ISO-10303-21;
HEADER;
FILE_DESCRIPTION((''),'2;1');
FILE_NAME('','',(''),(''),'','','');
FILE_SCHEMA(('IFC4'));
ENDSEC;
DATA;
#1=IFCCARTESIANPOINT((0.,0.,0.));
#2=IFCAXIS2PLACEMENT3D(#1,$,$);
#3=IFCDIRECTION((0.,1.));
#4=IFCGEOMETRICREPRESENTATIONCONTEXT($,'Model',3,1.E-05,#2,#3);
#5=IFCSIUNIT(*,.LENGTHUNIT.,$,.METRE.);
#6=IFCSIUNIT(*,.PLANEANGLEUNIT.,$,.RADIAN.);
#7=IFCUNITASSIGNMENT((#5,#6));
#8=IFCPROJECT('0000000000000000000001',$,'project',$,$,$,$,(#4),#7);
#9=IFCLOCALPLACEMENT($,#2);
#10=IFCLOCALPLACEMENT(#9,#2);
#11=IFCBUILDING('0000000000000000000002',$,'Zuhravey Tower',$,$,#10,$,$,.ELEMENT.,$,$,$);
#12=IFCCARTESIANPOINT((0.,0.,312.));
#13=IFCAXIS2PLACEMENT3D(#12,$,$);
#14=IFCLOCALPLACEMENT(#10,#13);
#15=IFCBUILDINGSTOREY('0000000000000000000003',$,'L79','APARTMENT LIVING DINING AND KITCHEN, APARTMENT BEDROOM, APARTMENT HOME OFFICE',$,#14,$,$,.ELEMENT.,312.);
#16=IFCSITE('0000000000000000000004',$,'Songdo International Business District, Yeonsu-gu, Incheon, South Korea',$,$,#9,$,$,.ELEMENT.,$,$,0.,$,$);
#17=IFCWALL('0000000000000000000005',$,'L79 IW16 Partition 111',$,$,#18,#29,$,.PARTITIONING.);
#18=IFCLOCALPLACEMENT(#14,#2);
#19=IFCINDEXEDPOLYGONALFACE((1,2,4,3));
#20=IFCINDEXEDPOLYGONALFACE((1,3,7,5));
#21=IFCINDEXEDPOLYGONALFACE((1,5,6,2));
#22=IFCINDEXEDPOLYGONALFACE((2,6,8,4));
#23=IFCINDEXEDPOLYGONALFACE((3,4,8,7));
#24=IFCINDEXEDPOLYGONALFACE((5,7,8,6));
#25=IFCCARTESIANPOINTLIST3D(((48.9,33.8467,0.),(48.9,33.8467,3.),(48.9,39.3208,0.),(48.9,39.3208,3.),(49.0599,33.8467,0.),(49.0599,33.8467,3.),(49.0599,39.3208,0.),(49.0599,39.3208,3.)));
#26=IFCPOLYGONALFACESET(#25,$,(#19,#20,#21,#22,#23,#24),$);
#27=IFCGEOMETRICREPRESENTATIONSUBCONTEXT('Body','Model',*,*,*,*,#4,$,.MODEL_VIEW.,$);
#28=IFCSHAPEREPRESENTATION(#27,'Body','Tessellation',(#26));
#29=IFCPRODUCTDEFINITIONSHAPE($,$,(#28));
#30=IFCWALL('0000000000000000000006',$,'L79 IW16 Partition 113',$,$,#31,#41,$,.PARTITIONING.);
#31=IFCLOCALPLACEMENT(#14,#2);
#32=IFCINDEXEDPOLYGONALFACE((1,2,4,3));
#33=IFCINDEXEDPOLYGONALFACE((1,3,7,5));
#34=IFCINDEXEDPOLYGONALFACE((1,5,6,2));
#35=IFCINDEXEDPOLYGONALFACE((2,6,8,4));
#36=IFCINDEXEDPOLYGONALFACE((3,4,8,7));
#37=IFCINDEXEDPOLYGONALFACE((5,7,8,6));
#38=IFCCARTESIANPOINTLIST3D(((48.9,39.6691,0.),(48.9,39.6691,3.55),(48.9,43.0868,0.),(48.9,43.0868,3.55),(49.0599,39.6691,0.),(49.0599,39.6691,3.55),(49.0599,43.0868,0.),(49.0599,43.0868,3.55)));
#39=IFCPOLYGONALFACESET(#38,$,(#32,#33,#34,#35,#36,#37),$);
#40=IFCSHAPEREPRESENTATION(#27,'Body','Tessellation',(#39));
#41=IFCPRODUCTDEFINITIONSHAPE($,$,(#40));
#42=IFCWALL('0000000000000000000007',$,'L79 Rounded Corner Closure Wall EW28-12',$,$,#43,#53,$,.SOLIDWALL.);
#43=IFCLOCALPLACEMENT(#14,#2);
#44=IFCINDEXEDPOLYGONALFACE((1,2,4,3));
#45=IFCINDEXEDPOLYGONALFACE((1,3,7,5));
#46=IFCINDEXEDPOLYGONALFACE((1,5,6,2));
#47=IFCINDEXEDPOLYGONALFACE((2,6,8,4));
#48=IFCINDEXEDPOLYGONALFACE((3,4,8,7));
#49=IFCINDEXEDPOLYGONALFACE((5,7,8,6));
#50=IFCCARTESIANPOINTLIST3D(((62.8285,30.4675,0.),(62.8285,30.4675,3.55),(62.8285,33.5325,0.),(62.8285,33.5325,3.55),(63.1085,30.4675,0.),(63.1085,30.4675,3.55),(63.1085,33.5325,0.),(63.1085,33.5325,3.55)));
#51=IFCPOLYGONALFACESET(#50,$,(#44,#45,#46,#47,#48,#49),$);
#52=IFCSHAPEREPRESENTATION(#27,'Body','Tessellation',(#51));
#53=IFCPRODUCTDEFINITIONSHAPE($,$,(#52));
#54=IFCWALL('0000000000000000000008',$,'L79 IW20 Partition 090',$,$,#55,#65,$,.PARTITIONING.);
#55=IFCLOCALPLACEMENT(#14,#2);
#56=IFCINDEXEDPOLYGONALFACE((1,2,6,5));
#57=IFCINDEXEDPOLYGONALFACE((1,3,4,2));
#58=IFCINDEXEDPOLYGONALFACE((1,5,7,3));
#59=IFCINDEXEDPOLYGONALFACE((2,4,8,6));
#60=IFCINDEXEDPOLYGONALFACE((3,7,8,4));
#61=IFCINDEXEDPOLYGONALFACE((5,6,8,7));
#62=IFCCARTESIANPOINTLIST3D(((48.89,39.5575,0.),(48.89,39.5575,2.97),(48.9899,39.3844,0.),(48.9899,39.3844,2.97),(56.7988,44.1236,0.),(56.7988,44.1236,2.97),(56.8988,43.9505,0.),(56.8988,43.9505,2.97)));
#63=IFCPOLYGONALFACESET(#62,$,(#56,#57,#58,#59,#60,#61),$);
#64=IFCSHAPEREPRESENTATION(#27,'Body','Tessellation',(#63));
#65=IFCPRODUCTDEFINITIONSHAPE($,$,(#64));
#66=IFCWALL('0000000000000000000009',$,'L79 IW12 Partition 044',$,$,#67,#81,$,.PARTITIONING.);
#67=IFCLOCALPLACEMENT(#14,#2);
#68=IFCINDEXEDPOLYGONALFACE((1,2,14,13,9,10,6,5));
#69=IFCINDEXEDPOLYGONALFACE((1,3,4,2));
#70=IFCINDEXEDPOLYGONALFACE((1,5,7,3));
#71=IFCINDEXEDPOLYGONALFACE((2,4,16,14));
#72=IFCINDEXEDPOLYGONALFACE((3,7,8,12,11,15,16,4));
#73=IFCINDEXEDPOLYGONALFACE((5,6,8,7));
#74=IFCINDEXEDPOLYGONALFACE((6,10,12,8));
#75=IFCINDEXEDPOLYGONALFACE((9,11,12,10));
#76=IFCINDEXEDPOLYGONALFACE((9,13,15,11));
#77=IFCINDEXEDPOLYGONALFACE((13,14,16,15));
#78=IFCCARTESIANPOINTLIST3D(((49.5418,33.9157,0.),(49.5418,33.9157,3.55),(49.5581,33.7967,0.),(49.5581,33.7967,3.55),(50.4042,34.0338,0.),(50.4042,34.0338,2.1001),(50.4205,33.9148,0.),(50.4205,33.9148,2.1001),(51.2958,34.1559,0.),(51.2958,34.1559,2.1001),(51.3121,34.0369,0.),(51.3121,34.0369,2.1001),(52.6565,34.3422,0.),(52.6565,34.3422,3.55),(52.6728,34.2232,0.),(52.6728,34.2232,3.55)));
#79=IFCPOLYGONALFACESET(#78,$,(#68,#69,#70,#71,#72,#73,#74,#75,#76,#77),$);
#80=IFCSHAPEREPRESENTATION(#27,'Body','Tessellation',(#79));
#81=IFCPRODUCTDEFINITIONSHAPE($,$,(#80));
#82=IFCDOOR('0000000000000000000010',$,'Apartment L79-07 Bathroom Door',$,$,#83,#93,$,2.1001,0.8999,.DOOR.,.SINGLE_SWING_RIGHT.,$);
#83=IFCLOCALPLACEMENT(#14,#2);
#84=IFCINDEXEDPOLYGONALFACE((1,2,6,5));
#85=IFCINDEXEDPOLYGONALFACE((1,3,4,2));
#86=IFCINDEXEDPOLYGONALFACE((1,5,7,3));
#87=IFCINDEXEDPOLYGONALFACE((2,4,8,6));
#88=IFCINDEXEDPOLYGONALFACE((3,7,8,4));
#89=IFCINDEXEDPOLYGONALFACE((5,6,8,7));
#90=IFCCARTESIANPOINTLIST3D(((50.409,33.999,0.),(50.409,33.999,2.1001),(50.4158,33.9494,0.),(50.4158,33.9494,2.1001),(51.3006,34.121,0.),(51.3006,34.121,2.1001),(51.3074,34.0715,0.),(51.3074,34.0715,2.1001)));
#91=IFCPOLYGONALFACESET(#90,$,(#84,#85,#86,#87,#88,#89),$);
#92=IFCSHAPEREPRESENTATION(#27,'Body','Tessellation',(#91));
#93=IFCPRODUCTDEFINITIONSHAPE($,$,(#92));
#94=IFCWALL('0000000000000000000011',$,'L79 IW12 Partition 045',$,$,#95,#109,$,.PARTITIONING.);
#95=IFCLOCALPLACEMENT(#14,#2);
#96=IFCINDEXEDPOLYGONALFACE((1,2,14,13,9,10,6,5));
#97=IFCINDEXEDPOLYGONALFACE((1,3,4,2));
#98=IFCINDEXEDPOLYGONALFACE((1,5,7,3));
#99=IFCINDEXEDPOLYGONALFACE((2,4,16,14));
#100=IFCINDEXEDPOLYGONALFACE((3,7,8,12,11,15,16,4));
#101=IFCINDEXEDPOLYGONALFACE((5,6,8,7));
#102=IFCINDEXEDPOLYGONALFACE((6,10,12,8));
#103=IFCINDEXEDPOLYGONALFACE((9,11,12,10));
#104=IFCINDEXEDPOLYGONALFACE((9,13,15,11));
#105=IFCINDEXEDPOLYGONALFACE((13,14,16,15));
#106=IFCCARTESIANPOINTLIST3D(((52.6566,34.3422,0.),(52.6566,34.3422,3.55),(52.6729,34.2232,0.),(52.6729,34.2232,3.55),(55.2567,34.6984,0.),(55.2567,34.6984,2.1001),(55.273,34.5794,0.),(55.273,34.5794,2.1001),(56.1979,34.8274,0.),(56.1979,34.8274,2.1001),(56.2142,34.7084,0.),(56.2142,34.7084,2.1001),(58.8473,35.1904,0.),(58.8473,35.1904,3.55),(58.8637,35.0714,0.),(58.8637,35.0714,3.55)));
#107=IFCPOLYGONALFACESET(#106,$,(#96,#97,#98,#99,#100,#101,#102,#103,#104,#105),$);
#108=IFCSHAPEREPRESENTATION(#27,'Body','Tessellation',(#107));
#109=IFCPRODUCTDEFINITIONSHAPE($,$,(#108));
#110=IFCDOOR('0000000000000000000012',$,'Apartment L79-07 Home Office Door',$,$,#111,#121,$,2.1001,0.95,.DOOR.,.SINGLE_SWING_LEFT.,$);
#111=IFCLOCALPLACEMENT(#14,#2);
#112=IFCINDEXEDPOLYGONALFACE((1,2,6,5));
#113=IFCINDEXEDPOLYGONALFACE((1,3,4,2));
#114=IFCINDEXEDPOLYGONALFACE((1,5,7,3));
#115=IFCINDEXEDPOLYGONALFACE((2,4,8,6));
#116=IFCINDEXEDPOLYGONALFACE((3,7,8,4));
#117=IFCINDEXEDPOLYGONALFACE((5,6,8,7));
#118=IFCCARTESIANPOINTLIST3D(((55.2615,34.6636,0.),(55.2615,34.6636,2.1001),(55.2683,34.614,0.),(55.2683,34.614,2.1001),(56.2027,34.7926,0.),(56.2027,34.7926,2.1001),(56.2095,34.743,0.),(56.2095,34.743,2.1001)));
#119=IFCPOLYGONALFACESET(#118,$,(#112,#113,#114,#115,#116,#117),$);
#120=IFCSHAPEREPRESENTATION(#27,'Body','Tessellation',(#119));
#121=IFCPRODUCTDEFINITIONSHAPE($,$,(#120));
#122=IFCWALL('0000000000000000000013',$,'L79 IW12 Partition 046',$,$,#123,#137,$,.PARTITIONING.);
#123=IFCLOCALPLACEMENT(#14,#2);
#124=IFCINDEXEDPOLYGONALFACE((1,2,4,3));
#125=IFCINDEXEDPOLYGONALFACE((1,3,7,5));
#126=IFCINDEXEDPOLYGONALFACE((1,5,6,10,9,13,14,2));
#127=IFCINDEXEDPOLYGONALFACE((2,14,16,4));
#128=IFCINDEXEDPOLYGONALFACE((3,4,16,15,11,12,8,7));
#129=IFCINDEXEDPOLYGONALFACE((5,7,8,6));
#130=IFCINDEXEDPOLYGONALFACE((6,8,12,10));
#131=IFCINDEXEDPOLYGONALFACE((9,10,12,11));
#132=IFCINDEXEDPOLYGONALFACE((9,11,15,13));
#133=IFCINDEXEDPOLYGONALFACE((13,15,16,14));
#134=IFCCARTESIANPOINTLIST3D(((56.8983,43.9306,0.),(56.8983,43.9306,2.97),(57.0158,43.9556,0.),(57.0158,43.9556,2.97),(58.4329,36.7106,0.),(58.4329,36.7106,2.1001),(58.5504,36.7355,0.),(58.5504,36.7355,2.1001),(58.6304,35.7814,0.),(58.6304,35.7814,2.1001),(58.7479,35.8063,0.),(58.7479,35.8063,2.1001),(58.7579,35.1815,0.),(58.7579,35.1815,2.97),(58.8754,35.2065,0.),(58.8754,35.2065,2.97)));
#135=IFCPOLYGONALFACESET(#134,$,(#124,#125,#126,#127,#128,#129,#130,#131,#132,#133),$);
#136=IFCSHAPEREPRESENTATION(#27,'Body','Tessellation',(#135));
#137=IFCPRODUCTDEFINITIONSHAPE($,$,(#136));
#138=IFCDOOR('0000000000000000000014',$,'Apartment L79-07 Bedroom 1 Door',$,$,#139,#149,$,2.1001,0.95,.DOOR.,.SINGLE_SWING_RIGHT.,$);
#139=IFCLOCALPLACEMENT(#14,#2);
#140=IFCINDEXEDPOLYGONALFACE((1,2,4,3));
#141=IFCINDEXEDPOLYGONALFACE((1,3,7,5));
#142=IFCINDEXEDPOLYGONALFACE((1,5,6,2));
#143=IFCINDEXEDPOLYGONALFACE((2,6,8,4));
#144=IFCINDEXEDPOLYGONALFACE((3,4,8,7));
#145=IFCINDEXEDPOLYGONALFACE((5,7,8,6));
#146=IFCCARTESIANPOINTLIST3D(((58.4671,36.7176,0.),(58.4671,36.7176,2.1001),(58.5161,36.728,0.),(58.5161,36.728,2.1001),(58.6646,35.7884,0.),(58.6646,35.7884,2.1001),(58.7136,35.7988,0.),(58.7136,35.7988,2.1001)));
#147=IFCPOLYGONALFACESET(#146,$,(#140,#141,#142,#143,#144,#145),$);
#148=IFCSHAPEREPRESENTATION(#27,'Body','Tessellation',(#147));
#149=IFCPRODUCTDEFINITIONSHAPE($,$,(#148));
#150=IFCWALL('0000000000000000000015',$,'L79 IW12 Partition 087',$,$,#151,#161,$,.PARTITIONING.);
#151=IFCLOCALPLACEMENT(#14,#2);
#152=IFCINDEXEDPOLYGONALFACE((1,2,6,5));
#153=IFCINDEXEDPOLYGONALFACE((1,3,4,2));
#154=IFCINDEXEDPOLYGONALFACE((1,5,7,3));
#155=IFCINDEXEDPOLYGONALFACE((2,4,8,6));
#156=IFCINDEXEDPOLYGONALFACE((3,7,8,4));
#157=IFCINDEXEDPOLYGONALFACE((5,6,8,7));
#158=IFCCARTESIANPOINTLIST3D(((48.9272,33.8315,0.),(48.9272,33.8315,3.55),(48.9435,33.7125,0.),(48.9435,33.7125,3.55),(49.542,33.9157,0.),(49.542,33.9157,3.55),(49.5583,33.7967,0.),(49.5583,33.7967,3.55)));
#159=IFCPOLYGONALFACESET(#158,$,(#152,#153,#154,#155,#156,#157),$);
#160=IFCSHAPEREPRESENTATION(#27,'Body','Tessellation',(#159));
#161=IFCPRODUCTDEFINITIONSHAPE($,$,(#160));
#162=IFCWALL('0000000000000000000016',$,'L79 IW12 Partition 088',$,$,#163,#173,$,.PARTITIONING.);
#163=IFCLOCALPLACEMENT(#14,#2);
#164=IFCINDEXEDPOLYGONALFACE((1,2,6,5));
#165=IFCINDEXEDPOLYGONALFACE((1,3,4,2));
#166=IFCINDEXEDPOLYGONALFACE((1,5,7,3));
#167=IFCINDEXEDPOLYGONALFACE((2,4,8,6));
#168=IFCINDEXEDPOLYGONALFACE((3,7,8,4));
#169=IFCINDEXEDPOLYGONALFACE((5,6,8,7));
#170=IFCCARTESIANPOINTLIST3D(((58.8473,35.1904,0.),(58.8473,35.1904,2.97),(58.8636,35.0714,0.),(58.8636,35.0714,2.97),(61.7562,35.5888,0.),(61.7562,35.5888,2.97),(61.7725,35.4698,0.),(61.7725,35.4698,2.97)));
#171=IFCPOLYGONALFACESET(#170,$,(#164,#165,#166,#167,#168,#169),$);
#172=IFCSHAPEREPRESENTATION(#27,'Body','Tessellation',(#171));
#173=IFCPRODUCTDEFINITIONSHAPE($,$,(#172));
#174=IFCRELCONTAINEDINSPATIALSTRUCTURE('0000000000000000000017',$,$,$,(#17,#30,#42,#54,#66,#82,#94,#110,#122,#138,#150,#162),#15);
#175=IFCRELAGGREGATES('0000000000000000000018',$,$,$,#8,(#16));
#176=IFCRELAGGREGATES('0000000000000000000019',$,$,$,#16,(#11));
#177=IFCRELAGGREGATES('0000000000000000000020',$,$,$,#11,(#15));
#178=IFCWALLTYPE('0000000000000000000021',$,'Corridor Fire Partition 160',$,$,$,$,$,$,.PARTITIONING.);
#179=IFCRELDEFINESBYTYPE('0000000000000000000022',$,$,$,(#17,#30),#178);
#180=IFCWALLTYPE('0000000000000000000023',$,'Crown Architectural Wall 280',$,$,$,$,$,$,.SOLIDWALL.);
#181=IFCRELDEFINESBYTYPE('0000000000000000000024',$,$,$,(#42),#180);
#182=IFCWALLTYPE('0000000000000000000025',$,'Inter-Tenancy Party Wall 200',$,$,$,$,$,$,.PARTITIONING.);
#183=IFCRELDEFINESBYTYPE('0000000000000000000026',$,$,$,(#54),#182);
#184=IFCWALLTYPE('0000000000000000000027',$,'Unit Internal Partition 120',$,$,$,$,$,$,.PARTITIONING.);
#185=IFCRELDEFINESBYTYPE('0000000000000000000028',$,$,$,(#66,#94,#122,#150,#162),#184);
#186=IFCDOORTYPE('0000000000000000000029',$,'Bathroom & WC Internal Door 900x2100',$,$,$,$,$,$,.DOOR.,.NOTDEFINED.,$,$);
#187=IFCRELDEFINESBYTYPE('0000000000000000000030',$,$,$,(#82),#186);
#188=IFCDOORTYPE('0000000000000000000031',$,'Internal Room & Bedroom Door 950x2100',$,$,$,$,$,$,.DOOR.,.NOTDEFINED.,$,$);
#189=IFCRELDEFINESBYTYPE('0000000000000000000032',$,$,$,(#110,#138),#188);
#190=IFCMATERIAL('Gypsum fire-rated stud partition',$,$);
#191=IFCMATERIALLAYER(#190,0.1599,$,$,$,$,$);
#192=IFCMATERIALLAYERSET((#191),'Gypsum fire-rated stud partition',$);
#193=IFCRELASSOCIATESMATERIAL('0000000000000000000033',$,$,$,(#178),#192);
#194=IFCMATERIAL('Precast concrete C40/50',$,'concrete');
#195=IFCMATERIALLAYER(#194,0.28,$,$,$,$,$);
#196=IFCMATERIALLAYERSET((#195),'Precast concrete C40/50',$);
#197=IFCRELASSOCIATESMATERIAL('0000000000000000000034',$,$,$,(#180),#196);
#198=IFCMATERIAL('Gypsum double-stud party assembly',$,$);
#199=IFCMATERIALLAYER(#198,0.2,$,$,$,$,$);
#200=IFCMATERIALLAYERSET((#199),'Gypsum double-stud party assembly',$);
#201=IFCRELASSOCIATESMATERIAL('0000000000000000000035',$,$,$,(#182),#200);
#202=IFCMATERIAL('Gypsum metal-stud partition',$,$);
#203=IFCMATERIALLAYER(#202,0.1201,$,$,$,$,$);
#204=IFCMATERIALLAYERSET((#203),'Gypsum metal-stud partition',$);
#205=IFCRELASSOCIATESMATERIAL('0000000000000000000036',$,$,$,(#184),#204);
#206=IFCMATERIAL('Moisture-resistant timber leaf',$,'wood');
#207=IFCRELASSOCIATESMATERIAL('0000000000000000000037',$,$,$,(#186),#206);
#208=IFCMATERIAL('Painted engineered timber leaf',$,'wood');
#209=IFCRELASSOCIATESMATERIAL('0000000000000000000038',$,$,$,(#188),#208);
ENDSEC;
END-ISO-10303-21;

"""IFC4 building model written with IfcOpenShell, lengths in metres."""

from ifc_helpers import new_model, si_unit, direction, frame, frame_2d, origin, place, context, subcontext, project, spatial, rectangle, extrude, material, layer, layer_set, type_object, element, fill, save


model = new_model("IFC4")

# Units and contexts
model_context = context("Model", 3, precision=1e-05, world=origin(), true_north=direction((0.0, 1.0)))
body_context = subcontext(model_context, "Body", "Model", "MODEL_VIEW")
ifc_project = project(units=[si_unit("LENGTHUNIT", "METRE"), si_unit("PLANEANGLEUNIT", "RADIAN")], contexts=[model_context])

# Site, building, storey
site_placement = place(None, origin())
site = spatial("IfcSite", under=ifc_project, at=site_placement, Name="Songdo International Business District, Yeonsu-gu, Incheon, South Korea", CompositionType="ELEMENT", RefElevation=0.0)
building_placement = place(site_placement, origin())
building = spatial("IfcBuilding", under=site, at=building_placement, Name="Zuhravey Tower", CompositionType="ELEMENT")
storey_placement = place(building_placement, frame((0.0, 0.0, 312.0)))
storey = spatial("IfcBuildingStorey", under=building, at=storey_placement, Name="L79", Description="APARTMENT LIVING DINING AND KITCHEN, APARTMENT BEDROOM, APARTMENT HOME OFFICE", CompositionType="ELEMENT", Elevation=312.0)

# Walls
ifc_material_1 = material(Name="Gypsum fire-rated stud partition")
ifc_layer_1 = layer(ifc_material_1, 0.1599)
ifc_layer_set_1 = layer_set([ifc_layer_1], Name="Gypsum fire-rated stud partition")
wall_type_1 = type_object("IfcWallType", Name="Corridor Fire Partition 160", PredefinedType="PARTITIONING", material=ifc_layer_set_1)
wall_1_placement = place(storey_placement, frame((48.98, 33.8467, 0.0), z_axis=(0.0, 0.0, 1.0), x_axis=(0.0, 1.0, 0.0)))
element("IfcWall", 1, at=wall_1_placement, inside=storey, type_object=wall_type_1, Name="L79 IW16 Partition 111", PredefinedType="PARTITIONING", context=body_context, shape_type="SweptSolid", body=[
    extrude(rectangle(XDim=5.4741, YDim=0.1599, at=frame_2d((2.7371, 0.0))), origin(), (0.0, 0.0, 1.0), 3.0),
])
wall_2_placement = place(storey_placement, frame((48.98, 39.6689, 0.0), z_axis=(0.0, 0.0, 1.0), x_axis=(0.0, 1.0, 0.0)))
element("IfcWall", 2, at=wall_2_placement, inside=storey, type_object=wall_type_1, Name="L79 IW16 Partition 113", PredefinedType="PARTITIONING", context=body_context, shape_type="SweptSolid", body=[
    extrude(rectangle(XDim=3.4177, YDim=0.1599, at=frame_2d((1.709, 0.0))), origin(), (0.0, 0.0, 1.0), 3.55),
])
ifc_material_2 = material(Name="Precast concrete C40/50", Category="concrete")
ifc_layer_2 = layer(ifc_material_2, 0.28)
ifc_layer_set_2 = layer_set([ifc_layer_2], Name="Precast concrete C40/50")
wall_type_2 = type_object("IfcWallType", Name="Crown Architectural Wall 280", PredefinedType="SOLIDWALL", material=ifc_layer_set_2)
wall_3_placement = place(storey_placement, frame((62.9685, 33.5325, 0.0), z_axis=(0.0, 0.0, 1.0), x_axis=(0.0, -1.0, 0.0)))
element("IfcWall", 3, at=wall_3_placement, inside=storey, type_object=wall_type_2, Name="L79 Rounded Corner Closure Wall EW28-12", PredefinedType="SOLIDWALL", context=body_context, shape_type="SweptSolid", body=[
    extrude(rectangle(XDim=3.0649, YDim=0.28, at=frame_2d((1.5325, 0.0))), origin(), (0.0, 0.0, 1.0), 3.55),
])
ifc_material_3 = material(Name="Gypsum double-stud party assembly")
ifc_layer_3 = layer(ifc_material_3, 0.2)
ifc_layer_set_3 = layer_set([ifc_layer_3], Name="Gypsum double-stud party assembly")
wall_type_3 = type_object("IfcWallType", Name="Inter-Tenancy Party Wall 200", PredefinedType="PARTITIONING", material=ifc_layer_set_3)
wall_4_placement = place(storey_placement, frame((48.9399, 39.4709, 0.0), z_axis=(0.0, 0.0, 1.0), x_axis=(0.866028, 0.499995, 0.0)))
element("IfcWall", 4, at=wall_4_placement, inside=storey, type_object=wall_type_3, Name="L79 IW20 Partition 090", PredefinedType="PARTITIONING", context=body_context, shape_type="SweptSolid", body=[
    extrude(rectangle(XDim=9.1323, YDim=0.2, at=frame_2d((4.5662, 0.0))), origin(), (0.0, 0.0, 1.0), 2.97),
])

# Walls, openings, doors
ifc_material_4 = material(Name="Gypsum metal-stud partition")
ifc_layer_4 = layer(ifc_material_4, 0.1201)
ifc_layer_set_4 = layer_set([ifc_layer_4], Name="Gypsum metal-stud partition")
wall_type_4 = type_object("IfcWallType", Name="Unit Internal Partition 120", PredefinedType="PARTITIONING", material=ifc_layer_set_4)
wall_5_placement = place(storey_placement, frame((49.55, 33.8562, 0.0), z_axis=(0.0, 0.0, 1.0), x_axis=(0.990754, 0.135668, 0.0)))
wall_5 = element("IfcWall", 5, at=wall_5_placement, inside=storey, type_object=wall_type_4, Name="L79 IW12 Partition 044", PredefinedType="PARTITIONING", context=body_context, shape_type="SweptSolid", body=[
    extrude(rectangle(XDim=3.1438, YDim=0.1201, at=frame_2d((1.5718, 0.0))), origin(), (0.0, 0.0, 1.0), 3.55),
])
opening_1_placement = place(wall_5_placement, frame((0.8704, 0.0, 0.0)))
opening_1 = element("IfcOpeningElement", 6, at=opening_1_placement, cuts=wall_5, PredefinedType="OPENING", context=body_context, shape_type="SweptSolid", body=[
    extrude(rectangle(XDim=0.8999, YDim=2.1001, at=frame_2d((0.45, 1.05))), frame((0.0, 0.072, 0.0), z_axis=(0.0, -1.0, 0.0), x_axis=(1.0, 0.0, 0.0)), (0.0, 0.0, 1.0), 0.144),
])
ifc_material_5 = material(Name="Moisture-resistant timber leaf", Category="wood")
door_type_1 = type_object("IfcDoorType", Name="Bathroom & WC Internal Door 900x2100", OperationType="NOTDEFINED", PredefinedType="DOOR", material=ifc_material_5)
door_1_placement = place(opening_1_placement, origin())
door_1 = element("IfcDoor", 7, at=door_1_placement, inside=storey, type_object=door_type_1, Name="Apartment L79-07 Bathroom Door", OperationType="SINGLE_SWING_RIGHT", OverallHeight=2.1001, OverallWidth=0.8999, PredefinedType="DOOR", context=body_context, shape_type="SweptSolid", body=[
    extrude(rectangle(XDim=0.8999, YDim=2.1001, at=frame_2d((0.45, 1.05))), frame((0.0, 0.0249, 0.0), z_axis=(0.0, -1.0, 0.0), x_axis=(1.0, 0.0, 0.0)), (0.0, 0.0, 1.0), 0.05),
])
fill(opening_1, door_1)
wall_6_placement = place(storey_placement, frame((52.6648, 34.2827, 0.0), z_axis=(0.0, 0.0, 1.0), x_axis=(0.990745, 0.135736, 0.0)))
wall_6 = element("IfcWall", 8, at=wall_6_placement, inside=storey, type_object=wall_type_4, Name="L79 IW12 Partition 045", PredefinedType="PARTITIONING", context=body_context, shape_type="SweptSolid", body=[
    extrude(rectangle(XDim=6.2485, YDim=0.1201, at=frame_2d((3.1243, 0.0))), origin(), (0.0, 0.0, 1.0), 3.55),
])
opening_2_placement = place(wall_6_placement, frame((2.6243, 0.0, 0.0)))
opening_2 = element("IfcOpeningElement", 9, at=opening_2_placement, cuts=wall_6, PredefinedType="OPENING", context=body_context, shape_type="SweptSolid", body=[
    extrude(rectangle(XDim=0.95, YDim=2.1001, at=frame_2d((0.4751, 1.05))), frame((0.0, 0.072, 0.0), z_axis=(0.0, -1.0, 0.0), x_axis=(1.0, 0.0, 0.0)), (0.0, 0.0, 1.0), 0.144),
])
ifc_material_6 = material(Name="Painted engineered timber leaf", Category="wood")
door_type_2 = type_object("IfcDoorType", Name="Internal Room & Bedroom Door 950x2100", OperationType="NOTDEFINED", PredefinedType="DOOR", material=ifc_material_6)
door_2_placement = place(opening_2_placement, origin())
door_2 = element("IfcDoor", 10, at=door_2_placement, inside=storey, type_object=door_type_2, Name="Apartment L79-07 Home Office Door", OperationType="SINGLE_SWING_LEFT", OverallHeight=2.1001, OverallWidth=0.95, PredefinedType="DOOR", context=body_context, shape_type="SweptSolid", body=[
    extrude(rectangle(XDim=0.95, YDim=2.1001, at=frame_2d((0.4751, 1.05))), frame((0.0, 0.0249, 0.0), z_axis=(0.0, -1.0, 0.0), x_axis=(1.0, 0.0, 0.0)), (0.0, 0.0, 1.0), 0.05),
])
fill(opening_2, door_2)
wall_7_placement = place(storey_placement, frame((58.8167, 35.1941, 0.0), z_axis=(0.0, 0.0, 1.0), x_axis=(-0.207907, 0.978149, 0.0)))
wall_7 = element("IfcWall", 11, at=wall_7_placement, inside=storey, type_object=wall_type_4, Name="L79 IW12 Partition 046", PredefinedType="PARTITIONING", context=body_context, shape_type="SweptSolid", body=[
    extrude(rectangle(XDim=8.9446, YDim=0.1201, at=frame_2d((4.4722, 0.0))), origin(), (0.0, 0.0, 1.0), 2.97),
])
opening_3_placement = place(wall_7_placement, frame((0.613, 0.0, 0.0)))
opening_3 = element("IfcOpeningElement", 12, at=opening_3_placement, cuts=wall_7, PredefinedType="OPENING", context=body_context, shape_type="SweptSolid", body=[
    extrude(rectangle(XDim=0.95, YDim=2.1001, at=frame_2d((0.4751, 1.05))), frame((0.0, 0.072, 0.0), z_axis=(0.0, -1.0, 0.0), x_axis=(1.0, 0.0, 0.0)), (0.0, 0.0, 1.0), 0.144),
])
door_3_placement = place(opening_3_placement, frame((0.95, 0.0, 0.0), z_axis=(0.0, 0.0, 1.0), x_axis=(-1.0, 0.0, 0.0)))
door_3 = element("IfcDoor", 13, at=door_3_placement, inside=storey, type_object=door_type_2, Name="Apartment L79-07 Bedroom 1 Door", OperationType="SINGLE_SWING_RIGHT", OverallHeight=2.1001, OverallWidth=0.95, PredefinedType="DOOR", context=body_context, shape_type="SweptSolid", body=[
    extrude(rectangle(XDim=0.95, YDim=2.1001, at=frame_2d((0.4751, 1.05))), frame((0.0, 0.0249, 0.0), z_axis=(0.0, -1.0, 0.0), x_axis=(1.0, 0.0, 0.0)), (0.0, 0.0, 1.0), 0.05),
])
fill(opening_3, door_3)

# Walls
wall_8_placement = place(storey_placement, frame((48.9353, 33.772, 0.0), z_axis=(0.0, 0.0, 1.0), x_axis=(0.990744, 0.135745, 0.0)))
element("IfcWall", 14, at=wall_8_placement, inside=storey, type_object=wall_type_4, Name="L79 IW12 Partition 087", PredefinedType="PARTITIONING", context=body_context, shape_type="SweptSolid", body=[
    extrude(rectangle(XDim=0.6206, YDim=0.1201, at=frame_2d((0.3103, 0.0))), origin(), (0.0, 0.0, 1.0), 3.55),
])
wall_9_placement = place(storey_placement, frame((58.8555, 35.1309, 0.0), z_axis=(0.0, 0.0, 1.0), x_axis=(0.99075, 0.135703, 0.0)))
element("IfcWall", 15, at=wall_9_placement, inside=storey, type_object=wall_type_4, Name="L79 IW12 Partition 088", PredefinedType="PARTITIONING", context=body_context, shape_type="SweptSolid", body=[
    extrude(rectangle(XDim=2.936, YDim=0.1201, at=frame_2d((1.468, 0.0))), origin(), (0.0, 0.0, 1.0), 2.97),
])

save(model, "model.ifc")
